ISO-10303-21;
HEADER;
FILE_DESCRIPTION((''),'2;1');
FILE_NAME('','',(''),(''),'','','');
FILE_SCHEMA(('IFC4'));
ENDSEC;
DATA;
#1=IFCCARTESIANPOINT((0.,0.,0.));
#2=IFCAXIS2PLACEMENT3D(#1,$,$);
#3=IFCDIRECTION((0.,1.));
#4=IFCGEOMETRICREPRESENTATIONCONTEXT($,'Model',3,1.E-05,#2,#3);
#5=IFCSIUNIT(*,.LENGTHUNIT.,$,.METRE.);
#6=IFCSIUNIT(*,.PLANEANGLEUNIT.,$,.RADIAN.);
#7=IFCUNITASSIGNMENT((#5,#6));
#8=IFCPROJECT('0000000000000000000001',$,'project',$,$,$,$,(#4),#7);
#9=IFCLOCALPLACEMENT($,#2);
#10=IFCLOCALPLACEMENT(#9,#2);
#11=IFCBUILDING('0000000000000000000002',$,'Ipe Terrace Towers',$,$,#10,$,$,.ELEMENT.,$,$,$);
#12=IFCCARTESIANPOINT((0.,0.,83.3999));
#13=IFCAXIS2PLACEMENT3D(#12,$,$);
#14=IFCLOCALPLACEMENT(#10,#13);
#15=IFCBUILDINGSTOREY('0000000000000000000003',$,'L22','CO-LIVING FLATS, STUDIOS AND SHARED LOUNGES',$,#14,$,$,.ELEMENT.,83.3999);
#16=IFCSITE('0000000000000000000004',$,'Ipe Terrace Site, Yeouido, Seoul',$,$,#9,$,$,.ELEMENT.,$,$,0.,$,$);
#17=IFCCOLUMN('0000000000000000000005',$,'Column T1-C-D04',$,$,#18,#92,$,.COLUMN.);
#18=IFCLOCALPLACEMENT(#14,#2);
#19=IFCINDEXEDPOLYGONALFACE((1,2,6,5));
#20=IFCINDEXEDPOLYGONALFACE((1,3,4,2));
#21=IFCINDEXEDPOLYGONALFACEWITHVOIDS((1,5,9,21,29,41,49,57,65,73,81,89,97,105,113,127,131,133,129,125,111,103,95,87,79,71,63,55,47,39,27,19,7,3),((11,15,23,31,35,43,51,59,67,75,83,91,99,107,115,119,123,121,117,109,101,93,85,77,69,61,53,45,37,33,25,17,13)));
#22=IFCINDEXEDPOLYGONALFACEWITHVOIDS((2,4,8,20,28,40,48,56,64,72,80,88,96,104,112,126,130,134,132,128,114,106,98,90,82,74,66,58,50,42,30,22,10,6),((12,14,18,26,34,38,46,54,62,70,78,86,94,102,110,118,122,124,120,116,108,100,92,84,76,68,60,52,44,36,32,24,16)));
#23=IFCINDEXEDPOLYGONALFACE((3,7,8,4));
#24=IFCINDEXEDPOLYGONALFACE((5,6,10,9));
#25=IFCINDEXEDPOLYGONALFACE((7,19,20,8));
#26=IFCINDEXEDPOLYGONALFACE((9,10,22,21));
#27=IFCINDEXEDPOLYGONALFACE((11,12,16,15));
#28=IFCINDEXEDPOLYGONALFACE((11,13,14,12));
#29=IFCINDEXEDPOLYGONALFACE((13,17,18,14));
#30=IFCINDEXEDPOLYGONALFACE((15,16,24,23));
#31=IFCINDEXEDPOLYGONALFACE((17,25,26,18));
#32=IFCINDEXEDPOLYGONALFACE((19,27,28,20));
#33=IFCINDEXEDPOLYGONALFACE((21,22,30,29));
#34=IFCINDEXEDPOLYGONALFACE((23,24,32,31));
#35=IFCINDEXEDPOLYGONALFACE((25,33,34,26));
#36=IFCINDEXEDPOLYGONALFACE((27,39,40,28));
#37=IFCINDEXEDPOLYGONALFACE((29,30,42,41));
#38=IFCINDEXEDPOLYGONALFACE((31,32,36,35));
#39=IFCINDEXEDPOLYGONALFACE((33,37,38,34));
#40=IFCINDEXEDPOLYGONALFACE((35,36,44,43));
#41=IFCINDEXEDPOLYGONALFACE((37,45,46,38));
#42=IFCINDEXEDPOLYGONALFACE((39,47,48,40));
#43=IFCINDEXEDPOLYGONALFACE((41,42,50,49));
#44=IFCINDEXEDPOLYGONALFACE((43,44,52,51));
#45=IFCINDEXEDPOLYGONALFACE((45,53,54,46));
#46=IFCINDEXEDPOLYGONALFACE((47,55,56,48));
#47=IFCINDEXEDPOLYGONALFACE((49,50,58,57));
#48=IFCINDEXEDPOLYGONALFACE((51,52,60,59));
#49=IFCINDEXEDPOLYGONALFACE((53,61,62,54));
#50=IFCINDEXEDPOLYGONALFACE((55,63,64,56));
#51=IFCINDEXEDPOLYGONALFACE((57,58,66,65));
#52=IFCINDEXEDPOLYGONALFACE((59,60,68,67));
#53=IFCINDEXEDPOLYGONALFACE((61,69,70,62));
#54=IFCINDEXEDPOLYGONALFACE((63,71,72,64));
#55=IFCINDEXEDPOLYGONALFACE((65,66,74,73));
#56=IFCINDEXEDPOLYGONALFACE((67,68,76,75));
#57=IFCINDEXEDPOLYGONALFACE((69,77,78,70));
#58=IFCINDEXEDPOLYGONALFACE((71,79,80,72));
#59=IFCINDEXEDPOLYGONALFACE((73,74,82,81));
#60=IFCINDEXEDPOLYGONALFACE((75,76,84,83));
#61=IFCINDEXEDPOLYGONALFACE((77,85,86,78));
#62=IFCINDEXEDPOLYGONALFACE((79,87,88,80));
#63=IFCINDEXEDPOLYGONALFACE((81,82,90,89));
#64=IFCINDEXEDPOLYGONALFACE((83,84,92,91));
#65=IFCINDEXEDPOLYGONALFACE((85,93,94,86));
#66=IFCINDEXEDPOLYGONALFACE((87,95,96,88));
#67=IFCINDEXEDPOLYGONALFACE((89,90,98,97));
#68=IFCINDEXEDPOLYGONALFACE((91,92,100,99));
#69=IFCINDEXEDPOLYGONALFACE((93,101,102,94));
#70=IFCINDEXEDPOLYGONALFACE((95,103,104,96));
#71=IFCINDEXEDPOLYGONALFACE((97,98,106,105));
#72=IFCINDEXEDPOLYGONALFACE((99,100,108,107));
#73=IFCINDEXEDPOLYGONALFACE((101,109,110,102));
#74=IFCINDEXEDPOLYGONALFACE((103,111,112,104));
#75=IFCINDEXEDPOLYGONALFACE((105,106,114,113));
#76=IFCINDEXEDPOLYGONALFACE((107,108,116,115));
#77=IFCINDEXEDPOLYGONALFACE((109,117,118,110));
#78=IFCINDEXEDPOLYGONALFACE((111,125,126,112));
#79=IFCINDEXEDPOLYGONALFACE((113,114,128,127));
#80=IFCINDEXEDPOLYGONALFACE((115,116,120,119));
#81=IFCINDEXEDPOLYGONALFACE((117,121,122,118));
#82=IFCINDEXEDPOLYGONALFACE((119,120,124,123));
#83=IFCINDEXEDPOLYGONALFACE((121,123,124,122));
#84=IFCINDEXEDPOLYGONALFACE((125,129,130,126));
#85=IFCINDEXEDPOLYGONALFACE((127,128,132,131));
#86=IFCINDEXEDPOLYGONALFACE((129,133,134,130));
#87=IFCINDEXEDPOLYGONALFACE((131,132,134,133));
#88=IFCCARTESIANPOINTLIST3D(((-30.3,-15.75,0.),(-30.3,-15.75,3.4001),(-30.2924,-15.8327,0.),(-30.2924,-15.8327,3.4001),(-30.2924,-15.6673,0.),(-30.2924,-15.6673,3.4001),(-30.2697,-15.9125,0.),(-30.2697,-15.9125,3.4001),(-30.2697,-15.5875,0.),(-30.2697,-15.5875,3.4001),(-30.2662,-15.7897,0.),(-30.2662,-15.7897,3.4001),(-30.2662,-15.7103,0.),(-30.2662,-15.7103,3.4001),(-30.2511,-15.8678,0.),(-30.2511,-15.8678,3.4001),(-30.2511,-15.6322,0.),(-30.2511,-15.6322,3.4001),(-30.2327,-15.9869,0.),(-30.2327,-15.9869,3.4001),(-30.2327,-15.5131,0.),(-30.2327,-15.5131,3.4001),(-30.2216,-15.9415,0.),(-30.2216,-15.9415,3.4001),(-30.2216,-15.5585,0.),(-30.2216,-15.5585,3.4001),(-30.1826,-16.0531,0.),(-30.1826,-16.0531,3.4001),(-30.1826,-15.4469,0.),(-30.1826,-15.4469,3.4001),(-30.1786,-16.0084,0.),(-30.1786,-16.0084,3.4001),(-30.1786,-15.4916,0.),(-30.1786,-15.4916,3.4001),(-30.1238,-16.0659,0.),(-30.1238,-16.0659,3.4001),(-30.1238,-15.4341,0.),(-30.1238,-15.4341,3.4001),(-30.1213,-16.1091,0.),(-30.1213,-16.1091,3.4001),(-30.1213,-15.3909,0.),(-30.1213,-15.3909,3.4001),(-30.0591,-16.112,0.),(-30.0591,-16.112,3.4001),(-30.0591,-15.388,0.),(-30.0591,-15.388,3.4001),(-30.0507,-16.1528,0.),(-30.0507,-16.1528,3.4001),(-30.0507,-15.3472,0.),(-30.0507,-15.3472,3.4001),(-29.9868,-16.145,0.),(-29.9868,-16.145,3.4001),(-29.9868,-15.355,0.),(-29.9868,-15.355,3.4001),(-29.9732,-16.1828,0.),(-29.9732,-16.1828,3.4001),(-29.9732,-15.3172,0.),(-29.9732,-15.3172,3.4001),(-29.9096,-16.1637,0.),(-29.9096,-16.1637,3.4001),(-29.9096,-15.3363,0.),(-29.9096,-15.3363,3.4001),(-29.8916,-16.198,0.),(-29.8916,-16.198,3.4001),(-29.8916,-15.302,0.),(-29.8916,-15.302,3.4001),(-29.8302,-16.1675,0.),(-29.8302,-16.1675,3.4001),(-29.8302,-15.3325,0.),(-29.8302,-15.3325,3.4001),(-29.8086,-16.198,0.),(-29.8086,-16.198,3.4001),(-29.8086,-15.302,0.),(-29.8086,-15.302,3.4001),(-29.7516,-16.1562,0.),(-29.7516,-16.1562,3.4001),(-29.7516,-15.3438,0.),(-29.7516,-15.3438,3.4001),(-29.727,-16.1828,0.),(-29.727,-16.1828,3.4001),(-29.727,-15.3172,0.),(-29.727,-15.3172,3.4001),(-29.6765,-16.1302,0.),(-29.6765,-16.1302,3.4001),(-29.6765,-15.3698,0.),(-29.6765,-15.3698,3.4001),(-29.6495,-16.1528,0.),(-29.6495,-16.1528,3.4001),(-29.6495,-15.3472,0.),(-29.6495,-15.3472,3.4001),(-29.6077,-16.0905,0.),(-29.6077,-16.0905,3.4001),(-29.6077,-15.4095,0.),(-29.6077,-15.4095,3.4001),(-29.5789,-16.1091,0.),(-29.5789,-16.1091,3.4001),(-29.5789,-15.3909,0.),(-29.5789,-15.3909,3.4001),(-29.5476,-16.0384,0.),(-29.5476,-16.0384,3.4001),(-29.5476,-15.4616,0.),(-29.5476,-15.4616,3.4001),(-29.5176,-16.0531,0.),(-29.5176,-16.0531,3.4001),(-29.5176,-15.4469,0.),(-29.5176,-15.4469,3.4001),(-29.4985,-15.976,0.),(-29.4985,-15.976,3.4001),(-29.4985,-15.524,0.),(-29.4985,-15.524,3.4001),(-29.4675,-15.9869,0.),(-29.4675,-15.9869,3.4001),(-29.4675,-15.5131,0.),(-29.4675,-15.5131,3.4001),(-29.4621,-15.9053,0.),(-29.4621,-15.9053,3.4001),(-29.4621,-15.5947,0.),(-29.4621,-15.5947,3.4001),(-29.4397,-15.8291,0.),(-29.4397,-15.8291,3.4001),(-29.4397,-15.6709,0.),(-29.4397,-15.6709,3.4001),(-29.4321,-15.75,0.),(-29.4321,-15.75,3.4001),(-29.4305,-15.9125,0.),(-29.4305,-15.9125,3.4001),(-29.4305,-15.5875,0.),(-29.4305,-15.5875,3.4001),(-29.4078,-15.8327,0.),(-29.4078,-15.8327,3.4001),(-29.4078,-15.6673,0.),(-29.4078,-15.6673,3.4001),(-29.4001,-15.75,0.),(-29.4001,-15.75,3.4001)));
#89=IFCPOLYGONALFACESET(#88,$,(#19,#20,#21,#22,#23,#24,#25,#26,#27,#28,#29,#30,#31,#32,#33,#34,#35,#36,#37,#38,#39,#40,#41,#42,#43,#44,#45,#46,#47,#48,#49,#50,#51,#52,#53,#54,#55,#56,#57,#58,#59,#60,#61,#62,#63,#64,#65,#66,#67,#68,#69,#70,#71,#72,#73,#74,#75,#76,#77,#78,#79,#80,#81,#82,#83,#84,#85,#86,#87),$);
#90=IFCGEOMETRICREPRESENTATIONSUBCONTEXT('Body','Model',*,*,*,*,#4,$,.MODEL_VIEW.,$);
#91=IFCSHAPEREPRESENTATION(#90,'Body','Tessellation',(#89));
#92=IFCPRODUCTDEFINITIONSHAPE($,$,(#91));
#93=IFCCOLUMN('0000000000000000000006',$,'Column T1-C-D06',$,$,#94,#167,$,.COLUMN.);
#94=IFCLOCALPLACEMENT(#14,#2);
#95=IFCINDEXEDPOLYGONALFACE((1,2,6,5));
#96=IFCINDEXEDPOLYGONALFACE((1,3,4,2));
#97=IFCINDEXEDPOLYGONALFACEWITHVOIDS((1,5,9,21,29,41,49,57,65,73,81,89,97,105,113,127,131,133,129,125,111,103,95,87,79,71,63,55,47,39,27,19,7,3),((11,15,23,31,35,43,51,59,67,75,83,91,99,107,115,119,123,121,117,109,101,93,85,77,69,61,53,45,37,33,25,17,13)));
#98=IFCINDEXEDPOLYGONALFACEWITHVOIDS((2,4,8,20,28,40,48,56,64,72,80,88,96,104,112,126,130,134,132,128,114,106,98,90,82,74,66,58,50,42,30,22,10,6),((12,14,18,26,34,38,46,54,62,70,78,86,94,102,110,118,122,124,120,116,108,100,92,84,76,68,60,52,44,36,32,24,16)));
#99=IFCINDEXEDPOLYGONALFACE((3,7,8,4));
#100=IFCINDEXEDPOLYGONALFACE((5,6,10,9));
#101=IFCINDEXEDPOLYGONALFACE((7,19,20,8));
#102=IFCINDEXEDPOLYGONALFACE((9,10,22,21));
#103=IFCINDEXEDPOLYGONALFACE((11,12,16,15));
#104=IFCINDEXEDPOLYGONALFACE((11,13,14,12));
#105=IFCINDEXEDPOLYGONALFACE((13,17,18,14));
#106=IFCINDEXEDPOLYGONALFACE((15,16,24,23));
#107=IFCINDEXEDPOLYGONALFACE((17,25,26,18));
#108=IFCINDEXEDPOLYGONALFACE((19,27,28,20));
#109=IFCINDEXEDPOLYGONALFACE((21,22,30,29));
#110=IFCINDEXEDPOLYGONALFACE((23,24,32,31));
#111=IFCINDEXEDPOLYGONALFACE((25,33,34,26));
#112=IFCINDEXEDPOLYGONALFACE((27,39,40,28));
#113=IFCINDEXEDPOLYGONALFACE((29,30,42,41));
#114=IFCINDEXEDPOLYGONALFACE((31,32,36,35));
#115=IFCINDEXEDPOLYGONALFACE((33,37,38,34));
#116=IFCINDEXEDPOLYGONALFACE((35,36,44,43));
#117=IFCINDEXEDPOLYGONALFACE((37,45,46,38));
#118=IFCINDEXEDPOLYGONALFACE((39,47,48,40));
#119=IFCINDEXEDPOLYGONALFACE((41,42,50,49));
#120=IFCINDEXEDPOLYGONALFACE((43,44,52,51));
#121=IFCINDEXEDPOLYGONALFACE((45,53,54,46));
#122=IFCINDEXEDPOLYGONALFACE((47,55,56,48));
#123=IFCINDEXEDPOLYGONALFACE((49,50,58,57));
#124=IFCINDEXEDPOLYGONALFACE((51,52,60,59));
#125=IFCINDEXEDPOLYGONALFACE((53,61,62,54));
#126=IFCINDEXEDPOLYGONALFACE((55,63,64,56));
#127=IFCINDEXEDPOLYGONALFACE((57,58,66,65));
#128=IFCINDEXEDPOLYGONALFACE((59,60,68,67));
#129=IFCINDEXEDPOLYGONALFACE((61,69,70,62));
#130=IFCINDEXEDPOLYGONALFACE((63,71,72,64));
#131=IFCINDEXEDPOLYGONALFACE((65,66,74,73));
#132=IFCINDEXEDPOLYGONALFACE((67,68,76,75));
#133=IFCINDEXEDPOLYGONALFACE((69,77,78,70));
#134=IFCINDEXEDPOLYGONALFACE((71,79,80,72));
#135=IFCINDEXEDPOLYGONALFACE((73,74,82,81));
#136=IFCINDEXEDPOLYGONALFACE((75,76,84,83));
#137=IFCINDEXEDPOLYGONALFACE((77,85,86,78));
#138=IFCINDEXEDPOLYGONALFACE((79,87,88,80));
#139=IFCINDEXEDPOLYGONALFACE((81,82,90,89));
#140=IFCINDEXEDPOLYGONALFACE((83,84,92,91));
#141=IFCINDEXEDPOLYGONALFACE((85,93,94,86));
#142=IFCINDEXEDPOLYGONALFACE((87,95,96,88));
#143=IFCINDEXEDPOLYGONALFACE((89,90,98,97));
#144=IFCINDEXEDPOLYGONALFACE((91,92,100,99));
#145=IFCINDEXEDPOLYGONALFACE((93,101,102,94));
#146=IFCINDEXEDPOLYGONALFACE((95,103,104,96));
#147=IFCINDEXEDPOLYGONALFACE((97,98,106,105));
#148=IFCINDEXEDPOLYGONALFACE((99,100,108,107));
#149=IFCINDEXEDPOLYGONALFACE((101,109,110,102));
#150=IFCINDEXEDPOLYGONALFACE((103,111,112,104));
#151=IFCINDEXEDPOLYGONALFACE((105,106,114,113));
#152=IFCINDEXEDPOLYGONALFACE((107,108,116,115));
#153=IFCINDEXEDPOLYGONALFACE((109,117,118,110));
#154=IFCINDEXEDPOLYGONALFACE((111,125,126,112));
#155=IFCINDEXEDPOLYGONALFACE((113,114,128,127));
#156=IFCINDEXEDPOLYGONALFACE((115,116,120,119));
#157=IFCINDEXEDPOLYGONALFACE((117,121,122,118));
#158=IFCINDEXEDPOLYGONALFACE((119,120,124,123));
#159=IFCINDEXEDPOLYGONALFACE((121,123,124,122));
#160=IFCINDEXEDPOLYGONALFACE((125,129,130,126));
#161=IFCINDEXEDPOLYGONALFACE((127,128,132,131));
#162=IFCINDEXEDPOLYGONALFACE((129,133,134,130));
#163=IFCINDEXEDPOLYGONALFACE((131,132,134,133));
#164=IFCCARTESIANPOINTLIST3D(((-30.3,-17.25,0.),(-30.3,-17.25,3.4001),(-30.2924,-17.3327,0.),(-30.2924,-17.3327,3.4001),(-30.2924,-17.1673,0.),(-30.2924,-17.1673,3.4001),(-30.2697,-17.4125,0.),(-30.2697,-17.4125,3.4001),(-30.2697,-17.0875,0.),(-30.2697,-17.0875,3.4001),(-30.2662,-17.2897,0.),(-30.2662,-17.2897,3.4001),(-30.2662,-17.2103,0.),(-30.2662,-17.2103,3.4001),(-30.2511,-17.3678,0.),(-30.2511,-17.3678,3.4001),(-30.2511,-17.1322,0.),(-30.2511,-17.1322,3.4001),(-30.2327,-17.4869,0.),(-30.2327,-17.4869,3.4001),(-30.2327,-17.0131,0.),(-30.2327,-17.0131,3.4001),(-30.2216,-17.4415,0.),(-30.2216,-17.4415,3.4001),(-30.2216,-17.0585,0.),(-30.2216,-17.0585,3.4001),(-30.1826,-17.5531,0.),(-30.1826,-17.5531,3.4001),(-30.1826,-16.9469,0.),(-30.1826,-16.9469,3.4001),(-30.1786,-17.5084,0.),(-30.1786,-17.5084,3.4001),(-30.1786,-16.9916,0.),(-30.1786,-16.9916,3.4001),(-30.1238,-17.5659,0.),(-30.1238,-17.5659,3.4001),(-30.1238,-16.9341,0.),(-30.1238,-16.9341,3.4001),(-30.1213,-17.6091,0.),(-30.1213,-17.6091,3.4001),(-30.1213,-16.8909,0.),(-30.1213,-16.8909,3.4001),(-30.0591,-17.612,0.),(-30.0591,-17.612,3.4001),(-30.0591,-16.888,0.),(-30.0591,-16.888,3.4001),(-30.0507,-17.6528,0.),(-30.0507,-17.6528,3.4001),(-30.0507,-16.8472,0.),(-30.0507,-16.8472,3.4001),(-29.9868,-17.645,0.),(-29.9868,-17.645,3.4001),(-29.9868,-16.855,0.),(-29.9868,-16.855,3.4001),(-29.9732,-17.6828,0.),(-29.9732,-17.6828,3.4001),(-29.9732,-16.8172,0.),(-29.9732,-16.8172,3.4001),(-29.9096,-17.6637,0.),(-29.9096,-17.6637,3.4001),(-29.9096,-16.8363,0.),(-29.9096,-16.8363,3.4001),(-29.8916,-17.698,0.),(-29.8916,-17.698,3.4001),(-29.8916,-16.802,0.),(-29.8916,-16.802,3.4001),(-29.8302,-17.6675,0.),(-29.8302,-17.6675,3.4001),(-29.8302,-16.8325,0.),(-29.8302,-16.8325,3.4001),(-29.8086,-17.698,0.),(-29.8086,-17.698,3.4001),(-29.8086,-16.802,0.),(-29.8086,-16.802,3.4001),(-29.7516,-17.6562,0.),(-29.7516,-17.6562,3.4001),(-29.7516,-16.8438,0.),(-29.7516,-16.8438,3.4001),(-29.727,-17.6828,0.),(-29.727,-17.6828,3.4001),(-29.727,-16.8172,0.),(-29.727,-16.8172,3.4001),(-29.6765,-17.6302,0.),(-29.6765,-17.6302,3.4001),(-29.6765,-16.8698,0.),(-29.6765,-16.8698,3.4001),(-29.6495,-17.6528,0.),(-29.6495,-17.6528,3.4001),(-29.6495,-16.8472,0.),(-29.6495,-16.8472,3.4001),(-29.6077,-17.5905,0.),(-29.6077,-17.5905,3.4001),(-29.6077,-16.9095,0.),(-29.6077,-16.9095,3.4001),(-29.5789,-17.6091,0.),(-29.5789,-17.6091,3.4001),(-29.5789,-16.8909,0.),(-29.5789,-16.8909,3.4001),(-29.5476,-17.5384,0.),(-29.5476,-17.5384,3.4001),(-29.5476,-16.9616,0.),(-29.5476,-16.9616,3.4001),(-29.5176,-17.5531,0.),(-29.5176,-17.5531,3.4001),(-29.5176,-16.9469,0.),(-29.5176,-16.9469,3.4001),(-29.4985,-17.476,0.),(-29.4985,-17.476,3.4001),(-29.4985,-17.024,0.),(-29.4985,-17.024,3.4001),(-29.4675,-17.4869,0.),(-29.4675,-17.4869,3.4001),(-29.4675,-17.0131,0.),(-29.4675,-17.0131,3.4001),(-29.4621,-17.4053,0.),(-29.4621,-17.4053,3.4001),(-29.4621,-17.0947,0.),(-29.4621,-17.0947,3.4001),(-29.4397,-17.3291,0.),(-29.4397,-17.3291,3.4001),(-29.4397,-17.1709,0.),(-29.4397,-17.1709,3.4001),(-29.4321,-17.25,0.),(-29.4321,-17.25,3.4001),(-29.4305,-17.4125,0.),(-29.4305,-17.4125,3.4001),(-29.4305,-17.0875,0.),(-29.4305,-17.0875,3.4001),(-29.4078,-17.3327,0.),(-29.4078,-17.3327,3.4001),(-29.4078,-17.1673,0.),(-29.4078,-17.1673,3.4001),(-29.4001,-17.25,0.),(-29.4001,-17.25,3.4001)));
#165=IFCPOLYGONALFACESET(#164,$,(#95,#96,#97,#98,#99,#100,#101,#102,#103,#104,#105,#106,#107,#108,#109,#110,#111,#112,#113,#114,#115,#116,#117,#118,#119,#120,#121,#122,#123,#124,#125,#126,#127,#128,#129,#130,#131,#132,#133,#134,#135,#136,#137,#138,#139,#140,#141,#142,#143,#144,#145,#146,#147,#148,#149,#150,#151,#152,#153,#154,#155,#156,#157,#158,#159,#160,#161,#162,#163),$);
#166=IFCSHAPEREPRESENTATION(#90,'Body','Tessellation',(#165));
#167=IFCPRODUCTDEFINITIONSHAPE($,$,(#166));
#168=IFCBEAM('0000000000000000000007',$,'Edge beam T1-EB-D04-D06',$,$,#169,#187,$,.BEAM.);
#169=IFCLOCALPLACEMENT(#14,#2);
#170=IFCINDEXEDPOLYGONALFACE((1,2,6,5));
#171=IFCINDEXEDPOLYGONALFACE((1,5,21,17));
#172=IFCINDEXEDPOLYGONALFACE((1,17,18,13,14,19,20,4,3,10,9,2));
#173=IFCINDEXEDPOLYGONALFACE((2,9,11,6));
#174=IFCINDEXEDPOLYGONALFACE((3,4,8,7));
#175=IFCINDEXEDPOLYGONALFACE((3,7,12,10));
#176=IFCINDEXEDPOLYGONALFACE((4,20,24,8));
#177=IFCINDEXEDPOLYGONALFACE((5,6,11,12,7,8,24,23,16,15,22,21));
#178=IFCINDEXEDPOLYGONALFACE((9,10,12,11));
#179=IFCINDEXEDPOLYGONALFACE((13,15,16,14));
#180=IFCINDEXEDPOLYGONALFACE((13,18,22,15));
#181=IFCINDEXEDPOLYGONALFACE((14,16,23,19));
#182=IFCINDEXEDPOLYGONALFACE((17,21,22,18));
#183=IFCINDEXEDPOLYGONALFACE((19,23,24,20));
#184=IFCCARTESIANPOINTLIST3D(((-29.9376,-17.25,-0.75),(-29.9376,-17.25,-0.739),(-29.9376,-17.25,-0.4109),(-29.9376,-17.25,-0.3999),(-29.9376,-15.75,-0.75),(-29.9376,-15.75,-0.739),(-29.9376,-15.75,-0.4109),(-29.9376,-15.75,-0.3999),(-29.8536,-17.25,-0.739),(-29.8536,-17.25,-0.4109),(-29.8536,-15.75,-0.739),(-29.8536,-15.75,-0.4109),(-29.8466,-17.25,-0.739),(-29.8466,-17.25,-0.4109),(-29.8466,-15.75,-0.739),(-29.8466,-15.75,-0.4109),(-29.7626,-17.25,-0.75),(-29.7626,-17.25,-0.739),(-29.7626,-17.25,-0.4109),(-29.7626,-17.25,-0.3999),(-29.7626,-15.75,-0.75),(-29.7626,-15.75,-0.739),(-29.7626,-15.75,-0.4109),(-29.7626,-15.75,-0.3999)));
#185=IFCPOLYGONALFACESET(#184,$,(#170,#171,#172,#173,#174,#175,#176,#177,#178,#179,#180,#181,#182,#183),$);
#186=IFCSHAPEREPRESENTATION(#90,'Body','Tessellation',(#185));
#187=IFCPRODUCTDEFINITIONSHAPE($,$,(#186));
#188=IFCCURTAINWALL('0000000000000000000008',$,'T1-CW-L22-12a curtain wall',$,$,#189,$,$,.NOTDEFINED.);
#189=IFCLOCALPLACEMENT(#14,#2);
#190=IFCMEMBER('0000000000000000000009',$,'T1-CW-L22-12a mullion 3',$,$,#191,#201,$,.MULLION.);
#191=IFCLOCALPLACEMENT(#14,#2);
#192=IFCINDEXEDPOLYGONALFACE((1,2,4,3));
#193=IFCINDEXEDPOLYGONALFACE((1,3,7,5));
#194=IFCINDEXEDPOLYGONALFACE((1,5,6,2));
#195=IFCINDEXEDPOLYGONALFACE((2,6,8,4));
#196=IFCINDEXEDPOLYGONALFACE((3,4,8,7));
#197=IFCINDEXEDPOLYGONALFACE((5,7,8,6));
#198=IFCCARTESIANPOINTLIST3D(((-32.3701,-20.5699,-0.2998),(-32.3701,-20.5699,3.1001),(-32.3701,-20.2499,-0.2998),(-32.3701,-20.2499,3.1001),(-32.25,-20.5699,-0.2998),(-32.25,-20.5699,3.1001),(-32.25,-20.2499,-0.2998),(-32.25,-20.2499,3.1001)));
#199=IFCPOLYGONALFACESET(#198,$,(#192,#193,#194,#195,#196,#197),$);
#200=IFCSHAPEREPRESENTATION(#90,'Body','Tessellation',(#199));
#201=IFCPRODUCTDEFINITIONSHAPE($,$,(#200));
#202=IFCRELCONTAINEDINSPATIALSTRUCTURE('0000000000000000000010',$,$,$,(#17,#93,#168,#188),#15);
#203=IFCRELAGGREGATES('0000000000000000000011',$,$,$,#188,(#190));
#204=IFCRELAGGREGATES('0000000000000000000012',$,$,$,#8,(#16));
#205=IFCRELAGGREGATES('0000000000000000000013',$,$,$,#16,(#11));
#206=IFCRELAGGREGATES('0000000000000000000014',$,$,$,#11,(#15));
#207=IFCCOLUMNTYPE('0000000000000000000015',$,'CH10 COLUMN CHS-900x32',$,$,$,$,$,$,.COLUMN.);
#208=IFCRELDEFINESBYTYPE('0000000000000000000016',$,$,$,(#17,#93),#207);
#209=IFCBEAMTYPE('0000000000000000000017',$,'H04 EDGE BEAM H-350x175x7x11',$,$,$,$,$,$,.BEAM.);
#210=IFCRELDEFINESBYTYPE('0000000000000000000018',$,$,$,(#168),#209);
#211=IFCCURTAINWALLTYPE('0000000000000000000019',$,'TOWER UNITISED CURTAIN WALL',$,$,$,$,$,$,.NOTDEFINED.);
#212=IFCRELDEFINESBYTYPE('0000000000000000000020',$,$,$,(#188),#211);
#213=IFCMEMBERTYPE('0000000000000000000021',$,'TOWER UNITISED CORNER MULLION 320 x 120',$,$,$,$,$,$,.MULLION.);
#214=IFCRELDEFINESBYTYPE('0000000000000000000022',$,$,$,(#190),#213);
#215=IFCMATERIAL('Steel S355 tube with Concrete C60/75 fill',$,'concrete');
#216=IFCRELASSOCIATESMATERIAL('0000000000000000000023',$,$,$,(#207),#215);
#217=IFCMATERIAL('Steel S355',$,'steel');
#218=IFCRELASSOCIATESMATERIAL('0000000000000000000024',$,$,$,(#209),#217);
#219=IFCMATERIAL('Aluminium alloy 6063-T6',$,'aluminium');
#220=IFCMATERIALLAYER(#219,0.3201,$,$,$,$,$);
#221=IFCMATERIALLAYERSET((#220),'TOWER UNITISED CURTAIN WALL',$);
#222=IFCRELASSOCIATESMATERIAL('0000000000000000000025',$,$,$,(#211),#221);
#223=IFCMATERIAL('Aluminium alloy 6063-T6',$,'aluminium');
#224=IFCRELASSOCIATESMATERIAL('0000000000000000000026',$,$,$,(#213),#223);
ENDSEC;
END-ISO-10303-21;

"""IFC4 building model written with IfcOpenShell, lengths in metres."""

from ifc_helpers import new_model, si_unit, direction, frame, origin, origin_2d, place, context, subcontext, project, spatial, rectangle, hollow_circle, i_section, extrude, material, layer, layer_set, material_profile, profile_set, type_object, element, aggregate, save


model = new_model("IFC4")

# Units and contexts
model_context = context("Model", 3, precision=1e-05, world=origin(), true_north=direction((0.0, 1.0)))
body_context = subcontext(model_context, "Body", "Model", "MODEL_VIEW")
ifc_project = project(units=[si_unit("LENGTHUNIT", "METRE"), si_unit("PLANEANGLEUNIT", "RADIAN")], contexts=[model_context])

# Site, building, storey
site_placement = place(None, origin())
site = spatial("IfcSite", under=ifc_project, at=site_placement, Name="Ipe Terrace Site, Yeouido, Seoul", CompositionType="ELEMENT", RefElevation=0.0)
building_placement = place(site_placement, origin())
building = spatial("IfcBuilding", under=site, at=building_placement, Name="Ipe Terrace Towers", CompositionType="ELEMENT")
storey_placement = place(building_placement, frame((0.0, 0.0, 83.3999)))
storey = spatial("IfcBuildingStorey", under=building, at=storey_placement, Name="L22", Description="CO-LIVING FLATS, STUDIOS AND SHARED LOUNGES", CompositionType="ELEMENT", Elevation=83.3999)

# Columns
ifc_material_1 = material(Name="Steel S355 tube with Concrete C60/75 fill", Category="concrete")
ifc_material_profile_1 = material_profile(ifc_material_1, hollow_circle(Radius=0.45, WallThickness=0.032, at=origin_2d()), Name="CHS-900x32")
ifc_profile_set_1 = profile_set([ifc_material_profile_1], Name="Steel S355 tube with Concrete C60/75 fill")
column_type = type_object("IfcColumnType", Name="CH10 COLUMN CHS-900x32", PredefinedType="COLUMN", material=ifc_profile_set_1)
for number, where, z_axis, x_axis, name in (
    (1, (-29.8501, -15.75, 0.0), (0.0, 0.0, 1.0), (1.0, 0.0, 0.0), "Column T1-C-D04"),
    (2, (-29.8501, -17.25, 0.0), (0.0, 0.0, 1.0), (1.0, 0.0, 0.0), "Column T1-C-D06"),
):
    element("IfcColumn", number, at=place(storey_placement, frame(where, z_axis=z_axis, x_axis=x_axis)), inside=storey, type_object=column_type, Name=name, PredefinedType="COLUMN", context=body_context, shape_type="SweptSolid", body=[
        extrude(hollow_circle(Radius=0.45, WallThickness=0.032, at=origin_2d()), origin(), (0.0, 0.0, 1.0), 3.4001),
    ])

# Beam
ifc_material_2 = material(Name="Steel S355", Category="steel")
ifc_material_profile_2 = material_profile(ifc_material_2, i_section(OverallWidth=0.175, OverallDepth=0.3501, WebThickness=0.0071, FlangeThickness=0.011, at=origin_2d()), Name="H-350x175x7x11")
ifc_profile_set_2 = profile_set([ifc_material_profile_2], Name="Steel S355")
beam_type = type_object("IfcBeamType", Name="H04 EDGE BEAM H-350x175x7x11", PredefinedType="BEAM", material=ifc_profile_set_2)
beam_placement = place(storey_placement, frame((-29.8501, -15.75, -0.575), z_axis=(0.0, -1.0, 0.0), x_axis=(1.0, 0.0, 0.0)))
element("IfcBeam", 3, at=beam_placement, inside=storey, type_object=beam_type, Name="Edge beam T1-EB-D04-D06", PredefinedType="BEAM", context=body_context, shape_type="SweptSolid", body=[
    extrude(i_section(OverallWidth=0.175, OverallDepth=0.3501, WebThickness=0.0071, FlangeThickness=0.011, at=origin_2d()), origin(), (0.0, 0.0, 1.0), 1.5),
])

# Curtain wall, member
ifc_material_3 = material(Name="Aluminium alloy 6063-T6", Category="aluminium")
ifc_layer_1 = layer(ifc_material_3, 0.3201)
ifc_layer_set_1 = layer_set([ifc_layer_1], Name="TOWER UNITISED CURTAIN WALL")
curtain_wall_type = type_object("IfcCurtainWallType", Name="TOWER UNITISED CURTAIN WALL", PredefinedType="NOTDEFINED", material=ifc_layer_set_1)
curtain_wall_1_placement = place(storey_placement, origin())
curtain_wall_1 = element("IfcCurtainWall", 4, at=curtain_wall_1_placement, inside=storey, type_object=curtain_wall_type, Name="T1-CW-L22-12a curtain wall", PredefinedType="NOTDEFINED")
ifc_material_4 = material(Name="Aluminium alloy 6063-T6", Category="aluminium")
ifc_material_profile_3 = material_profile(ifc_material_4, rectangle(XDim=0.3201, YDim=0.1201, at=origin_2d()), Name="TOWER UNITISED CORNER MULLION 320 x 120")
ifc_profile_set_3 = profile_set([ifc_material_profile_3], Name="Aluminium alloy 6063-T6")
member_type_1 = type_object("IfcMemberType", Name="TOWER UNITISED CORNER MULLION 320 x 120", PredefinedType="MULLION", material=ifc_profile_set_3)
member_1_placement = place(storey_placement, frame((-32.3101, -20.4099, -0.2998), z_axis=(0.0, 0.0, 1.0), x_axis=(0.0, -1.0, 0.0)))
member_1 = element("IfcMember", 5, at=member_1_placement, type_object=member_type_1, Name="T1-CW-L22-12a mullion 3", PredefinedType="MULLION", context=body_context, shape_type="SweptSolid", body=[
    extrude(rectangle(XDim=0.3201, YDim=0.1201, at=origin_2d()), origin(), (0.0, 0.0, 1.0), 3.3999),
])

aggregate(curtain_wall_1, [member_1])

save(model, "model.ifc")
